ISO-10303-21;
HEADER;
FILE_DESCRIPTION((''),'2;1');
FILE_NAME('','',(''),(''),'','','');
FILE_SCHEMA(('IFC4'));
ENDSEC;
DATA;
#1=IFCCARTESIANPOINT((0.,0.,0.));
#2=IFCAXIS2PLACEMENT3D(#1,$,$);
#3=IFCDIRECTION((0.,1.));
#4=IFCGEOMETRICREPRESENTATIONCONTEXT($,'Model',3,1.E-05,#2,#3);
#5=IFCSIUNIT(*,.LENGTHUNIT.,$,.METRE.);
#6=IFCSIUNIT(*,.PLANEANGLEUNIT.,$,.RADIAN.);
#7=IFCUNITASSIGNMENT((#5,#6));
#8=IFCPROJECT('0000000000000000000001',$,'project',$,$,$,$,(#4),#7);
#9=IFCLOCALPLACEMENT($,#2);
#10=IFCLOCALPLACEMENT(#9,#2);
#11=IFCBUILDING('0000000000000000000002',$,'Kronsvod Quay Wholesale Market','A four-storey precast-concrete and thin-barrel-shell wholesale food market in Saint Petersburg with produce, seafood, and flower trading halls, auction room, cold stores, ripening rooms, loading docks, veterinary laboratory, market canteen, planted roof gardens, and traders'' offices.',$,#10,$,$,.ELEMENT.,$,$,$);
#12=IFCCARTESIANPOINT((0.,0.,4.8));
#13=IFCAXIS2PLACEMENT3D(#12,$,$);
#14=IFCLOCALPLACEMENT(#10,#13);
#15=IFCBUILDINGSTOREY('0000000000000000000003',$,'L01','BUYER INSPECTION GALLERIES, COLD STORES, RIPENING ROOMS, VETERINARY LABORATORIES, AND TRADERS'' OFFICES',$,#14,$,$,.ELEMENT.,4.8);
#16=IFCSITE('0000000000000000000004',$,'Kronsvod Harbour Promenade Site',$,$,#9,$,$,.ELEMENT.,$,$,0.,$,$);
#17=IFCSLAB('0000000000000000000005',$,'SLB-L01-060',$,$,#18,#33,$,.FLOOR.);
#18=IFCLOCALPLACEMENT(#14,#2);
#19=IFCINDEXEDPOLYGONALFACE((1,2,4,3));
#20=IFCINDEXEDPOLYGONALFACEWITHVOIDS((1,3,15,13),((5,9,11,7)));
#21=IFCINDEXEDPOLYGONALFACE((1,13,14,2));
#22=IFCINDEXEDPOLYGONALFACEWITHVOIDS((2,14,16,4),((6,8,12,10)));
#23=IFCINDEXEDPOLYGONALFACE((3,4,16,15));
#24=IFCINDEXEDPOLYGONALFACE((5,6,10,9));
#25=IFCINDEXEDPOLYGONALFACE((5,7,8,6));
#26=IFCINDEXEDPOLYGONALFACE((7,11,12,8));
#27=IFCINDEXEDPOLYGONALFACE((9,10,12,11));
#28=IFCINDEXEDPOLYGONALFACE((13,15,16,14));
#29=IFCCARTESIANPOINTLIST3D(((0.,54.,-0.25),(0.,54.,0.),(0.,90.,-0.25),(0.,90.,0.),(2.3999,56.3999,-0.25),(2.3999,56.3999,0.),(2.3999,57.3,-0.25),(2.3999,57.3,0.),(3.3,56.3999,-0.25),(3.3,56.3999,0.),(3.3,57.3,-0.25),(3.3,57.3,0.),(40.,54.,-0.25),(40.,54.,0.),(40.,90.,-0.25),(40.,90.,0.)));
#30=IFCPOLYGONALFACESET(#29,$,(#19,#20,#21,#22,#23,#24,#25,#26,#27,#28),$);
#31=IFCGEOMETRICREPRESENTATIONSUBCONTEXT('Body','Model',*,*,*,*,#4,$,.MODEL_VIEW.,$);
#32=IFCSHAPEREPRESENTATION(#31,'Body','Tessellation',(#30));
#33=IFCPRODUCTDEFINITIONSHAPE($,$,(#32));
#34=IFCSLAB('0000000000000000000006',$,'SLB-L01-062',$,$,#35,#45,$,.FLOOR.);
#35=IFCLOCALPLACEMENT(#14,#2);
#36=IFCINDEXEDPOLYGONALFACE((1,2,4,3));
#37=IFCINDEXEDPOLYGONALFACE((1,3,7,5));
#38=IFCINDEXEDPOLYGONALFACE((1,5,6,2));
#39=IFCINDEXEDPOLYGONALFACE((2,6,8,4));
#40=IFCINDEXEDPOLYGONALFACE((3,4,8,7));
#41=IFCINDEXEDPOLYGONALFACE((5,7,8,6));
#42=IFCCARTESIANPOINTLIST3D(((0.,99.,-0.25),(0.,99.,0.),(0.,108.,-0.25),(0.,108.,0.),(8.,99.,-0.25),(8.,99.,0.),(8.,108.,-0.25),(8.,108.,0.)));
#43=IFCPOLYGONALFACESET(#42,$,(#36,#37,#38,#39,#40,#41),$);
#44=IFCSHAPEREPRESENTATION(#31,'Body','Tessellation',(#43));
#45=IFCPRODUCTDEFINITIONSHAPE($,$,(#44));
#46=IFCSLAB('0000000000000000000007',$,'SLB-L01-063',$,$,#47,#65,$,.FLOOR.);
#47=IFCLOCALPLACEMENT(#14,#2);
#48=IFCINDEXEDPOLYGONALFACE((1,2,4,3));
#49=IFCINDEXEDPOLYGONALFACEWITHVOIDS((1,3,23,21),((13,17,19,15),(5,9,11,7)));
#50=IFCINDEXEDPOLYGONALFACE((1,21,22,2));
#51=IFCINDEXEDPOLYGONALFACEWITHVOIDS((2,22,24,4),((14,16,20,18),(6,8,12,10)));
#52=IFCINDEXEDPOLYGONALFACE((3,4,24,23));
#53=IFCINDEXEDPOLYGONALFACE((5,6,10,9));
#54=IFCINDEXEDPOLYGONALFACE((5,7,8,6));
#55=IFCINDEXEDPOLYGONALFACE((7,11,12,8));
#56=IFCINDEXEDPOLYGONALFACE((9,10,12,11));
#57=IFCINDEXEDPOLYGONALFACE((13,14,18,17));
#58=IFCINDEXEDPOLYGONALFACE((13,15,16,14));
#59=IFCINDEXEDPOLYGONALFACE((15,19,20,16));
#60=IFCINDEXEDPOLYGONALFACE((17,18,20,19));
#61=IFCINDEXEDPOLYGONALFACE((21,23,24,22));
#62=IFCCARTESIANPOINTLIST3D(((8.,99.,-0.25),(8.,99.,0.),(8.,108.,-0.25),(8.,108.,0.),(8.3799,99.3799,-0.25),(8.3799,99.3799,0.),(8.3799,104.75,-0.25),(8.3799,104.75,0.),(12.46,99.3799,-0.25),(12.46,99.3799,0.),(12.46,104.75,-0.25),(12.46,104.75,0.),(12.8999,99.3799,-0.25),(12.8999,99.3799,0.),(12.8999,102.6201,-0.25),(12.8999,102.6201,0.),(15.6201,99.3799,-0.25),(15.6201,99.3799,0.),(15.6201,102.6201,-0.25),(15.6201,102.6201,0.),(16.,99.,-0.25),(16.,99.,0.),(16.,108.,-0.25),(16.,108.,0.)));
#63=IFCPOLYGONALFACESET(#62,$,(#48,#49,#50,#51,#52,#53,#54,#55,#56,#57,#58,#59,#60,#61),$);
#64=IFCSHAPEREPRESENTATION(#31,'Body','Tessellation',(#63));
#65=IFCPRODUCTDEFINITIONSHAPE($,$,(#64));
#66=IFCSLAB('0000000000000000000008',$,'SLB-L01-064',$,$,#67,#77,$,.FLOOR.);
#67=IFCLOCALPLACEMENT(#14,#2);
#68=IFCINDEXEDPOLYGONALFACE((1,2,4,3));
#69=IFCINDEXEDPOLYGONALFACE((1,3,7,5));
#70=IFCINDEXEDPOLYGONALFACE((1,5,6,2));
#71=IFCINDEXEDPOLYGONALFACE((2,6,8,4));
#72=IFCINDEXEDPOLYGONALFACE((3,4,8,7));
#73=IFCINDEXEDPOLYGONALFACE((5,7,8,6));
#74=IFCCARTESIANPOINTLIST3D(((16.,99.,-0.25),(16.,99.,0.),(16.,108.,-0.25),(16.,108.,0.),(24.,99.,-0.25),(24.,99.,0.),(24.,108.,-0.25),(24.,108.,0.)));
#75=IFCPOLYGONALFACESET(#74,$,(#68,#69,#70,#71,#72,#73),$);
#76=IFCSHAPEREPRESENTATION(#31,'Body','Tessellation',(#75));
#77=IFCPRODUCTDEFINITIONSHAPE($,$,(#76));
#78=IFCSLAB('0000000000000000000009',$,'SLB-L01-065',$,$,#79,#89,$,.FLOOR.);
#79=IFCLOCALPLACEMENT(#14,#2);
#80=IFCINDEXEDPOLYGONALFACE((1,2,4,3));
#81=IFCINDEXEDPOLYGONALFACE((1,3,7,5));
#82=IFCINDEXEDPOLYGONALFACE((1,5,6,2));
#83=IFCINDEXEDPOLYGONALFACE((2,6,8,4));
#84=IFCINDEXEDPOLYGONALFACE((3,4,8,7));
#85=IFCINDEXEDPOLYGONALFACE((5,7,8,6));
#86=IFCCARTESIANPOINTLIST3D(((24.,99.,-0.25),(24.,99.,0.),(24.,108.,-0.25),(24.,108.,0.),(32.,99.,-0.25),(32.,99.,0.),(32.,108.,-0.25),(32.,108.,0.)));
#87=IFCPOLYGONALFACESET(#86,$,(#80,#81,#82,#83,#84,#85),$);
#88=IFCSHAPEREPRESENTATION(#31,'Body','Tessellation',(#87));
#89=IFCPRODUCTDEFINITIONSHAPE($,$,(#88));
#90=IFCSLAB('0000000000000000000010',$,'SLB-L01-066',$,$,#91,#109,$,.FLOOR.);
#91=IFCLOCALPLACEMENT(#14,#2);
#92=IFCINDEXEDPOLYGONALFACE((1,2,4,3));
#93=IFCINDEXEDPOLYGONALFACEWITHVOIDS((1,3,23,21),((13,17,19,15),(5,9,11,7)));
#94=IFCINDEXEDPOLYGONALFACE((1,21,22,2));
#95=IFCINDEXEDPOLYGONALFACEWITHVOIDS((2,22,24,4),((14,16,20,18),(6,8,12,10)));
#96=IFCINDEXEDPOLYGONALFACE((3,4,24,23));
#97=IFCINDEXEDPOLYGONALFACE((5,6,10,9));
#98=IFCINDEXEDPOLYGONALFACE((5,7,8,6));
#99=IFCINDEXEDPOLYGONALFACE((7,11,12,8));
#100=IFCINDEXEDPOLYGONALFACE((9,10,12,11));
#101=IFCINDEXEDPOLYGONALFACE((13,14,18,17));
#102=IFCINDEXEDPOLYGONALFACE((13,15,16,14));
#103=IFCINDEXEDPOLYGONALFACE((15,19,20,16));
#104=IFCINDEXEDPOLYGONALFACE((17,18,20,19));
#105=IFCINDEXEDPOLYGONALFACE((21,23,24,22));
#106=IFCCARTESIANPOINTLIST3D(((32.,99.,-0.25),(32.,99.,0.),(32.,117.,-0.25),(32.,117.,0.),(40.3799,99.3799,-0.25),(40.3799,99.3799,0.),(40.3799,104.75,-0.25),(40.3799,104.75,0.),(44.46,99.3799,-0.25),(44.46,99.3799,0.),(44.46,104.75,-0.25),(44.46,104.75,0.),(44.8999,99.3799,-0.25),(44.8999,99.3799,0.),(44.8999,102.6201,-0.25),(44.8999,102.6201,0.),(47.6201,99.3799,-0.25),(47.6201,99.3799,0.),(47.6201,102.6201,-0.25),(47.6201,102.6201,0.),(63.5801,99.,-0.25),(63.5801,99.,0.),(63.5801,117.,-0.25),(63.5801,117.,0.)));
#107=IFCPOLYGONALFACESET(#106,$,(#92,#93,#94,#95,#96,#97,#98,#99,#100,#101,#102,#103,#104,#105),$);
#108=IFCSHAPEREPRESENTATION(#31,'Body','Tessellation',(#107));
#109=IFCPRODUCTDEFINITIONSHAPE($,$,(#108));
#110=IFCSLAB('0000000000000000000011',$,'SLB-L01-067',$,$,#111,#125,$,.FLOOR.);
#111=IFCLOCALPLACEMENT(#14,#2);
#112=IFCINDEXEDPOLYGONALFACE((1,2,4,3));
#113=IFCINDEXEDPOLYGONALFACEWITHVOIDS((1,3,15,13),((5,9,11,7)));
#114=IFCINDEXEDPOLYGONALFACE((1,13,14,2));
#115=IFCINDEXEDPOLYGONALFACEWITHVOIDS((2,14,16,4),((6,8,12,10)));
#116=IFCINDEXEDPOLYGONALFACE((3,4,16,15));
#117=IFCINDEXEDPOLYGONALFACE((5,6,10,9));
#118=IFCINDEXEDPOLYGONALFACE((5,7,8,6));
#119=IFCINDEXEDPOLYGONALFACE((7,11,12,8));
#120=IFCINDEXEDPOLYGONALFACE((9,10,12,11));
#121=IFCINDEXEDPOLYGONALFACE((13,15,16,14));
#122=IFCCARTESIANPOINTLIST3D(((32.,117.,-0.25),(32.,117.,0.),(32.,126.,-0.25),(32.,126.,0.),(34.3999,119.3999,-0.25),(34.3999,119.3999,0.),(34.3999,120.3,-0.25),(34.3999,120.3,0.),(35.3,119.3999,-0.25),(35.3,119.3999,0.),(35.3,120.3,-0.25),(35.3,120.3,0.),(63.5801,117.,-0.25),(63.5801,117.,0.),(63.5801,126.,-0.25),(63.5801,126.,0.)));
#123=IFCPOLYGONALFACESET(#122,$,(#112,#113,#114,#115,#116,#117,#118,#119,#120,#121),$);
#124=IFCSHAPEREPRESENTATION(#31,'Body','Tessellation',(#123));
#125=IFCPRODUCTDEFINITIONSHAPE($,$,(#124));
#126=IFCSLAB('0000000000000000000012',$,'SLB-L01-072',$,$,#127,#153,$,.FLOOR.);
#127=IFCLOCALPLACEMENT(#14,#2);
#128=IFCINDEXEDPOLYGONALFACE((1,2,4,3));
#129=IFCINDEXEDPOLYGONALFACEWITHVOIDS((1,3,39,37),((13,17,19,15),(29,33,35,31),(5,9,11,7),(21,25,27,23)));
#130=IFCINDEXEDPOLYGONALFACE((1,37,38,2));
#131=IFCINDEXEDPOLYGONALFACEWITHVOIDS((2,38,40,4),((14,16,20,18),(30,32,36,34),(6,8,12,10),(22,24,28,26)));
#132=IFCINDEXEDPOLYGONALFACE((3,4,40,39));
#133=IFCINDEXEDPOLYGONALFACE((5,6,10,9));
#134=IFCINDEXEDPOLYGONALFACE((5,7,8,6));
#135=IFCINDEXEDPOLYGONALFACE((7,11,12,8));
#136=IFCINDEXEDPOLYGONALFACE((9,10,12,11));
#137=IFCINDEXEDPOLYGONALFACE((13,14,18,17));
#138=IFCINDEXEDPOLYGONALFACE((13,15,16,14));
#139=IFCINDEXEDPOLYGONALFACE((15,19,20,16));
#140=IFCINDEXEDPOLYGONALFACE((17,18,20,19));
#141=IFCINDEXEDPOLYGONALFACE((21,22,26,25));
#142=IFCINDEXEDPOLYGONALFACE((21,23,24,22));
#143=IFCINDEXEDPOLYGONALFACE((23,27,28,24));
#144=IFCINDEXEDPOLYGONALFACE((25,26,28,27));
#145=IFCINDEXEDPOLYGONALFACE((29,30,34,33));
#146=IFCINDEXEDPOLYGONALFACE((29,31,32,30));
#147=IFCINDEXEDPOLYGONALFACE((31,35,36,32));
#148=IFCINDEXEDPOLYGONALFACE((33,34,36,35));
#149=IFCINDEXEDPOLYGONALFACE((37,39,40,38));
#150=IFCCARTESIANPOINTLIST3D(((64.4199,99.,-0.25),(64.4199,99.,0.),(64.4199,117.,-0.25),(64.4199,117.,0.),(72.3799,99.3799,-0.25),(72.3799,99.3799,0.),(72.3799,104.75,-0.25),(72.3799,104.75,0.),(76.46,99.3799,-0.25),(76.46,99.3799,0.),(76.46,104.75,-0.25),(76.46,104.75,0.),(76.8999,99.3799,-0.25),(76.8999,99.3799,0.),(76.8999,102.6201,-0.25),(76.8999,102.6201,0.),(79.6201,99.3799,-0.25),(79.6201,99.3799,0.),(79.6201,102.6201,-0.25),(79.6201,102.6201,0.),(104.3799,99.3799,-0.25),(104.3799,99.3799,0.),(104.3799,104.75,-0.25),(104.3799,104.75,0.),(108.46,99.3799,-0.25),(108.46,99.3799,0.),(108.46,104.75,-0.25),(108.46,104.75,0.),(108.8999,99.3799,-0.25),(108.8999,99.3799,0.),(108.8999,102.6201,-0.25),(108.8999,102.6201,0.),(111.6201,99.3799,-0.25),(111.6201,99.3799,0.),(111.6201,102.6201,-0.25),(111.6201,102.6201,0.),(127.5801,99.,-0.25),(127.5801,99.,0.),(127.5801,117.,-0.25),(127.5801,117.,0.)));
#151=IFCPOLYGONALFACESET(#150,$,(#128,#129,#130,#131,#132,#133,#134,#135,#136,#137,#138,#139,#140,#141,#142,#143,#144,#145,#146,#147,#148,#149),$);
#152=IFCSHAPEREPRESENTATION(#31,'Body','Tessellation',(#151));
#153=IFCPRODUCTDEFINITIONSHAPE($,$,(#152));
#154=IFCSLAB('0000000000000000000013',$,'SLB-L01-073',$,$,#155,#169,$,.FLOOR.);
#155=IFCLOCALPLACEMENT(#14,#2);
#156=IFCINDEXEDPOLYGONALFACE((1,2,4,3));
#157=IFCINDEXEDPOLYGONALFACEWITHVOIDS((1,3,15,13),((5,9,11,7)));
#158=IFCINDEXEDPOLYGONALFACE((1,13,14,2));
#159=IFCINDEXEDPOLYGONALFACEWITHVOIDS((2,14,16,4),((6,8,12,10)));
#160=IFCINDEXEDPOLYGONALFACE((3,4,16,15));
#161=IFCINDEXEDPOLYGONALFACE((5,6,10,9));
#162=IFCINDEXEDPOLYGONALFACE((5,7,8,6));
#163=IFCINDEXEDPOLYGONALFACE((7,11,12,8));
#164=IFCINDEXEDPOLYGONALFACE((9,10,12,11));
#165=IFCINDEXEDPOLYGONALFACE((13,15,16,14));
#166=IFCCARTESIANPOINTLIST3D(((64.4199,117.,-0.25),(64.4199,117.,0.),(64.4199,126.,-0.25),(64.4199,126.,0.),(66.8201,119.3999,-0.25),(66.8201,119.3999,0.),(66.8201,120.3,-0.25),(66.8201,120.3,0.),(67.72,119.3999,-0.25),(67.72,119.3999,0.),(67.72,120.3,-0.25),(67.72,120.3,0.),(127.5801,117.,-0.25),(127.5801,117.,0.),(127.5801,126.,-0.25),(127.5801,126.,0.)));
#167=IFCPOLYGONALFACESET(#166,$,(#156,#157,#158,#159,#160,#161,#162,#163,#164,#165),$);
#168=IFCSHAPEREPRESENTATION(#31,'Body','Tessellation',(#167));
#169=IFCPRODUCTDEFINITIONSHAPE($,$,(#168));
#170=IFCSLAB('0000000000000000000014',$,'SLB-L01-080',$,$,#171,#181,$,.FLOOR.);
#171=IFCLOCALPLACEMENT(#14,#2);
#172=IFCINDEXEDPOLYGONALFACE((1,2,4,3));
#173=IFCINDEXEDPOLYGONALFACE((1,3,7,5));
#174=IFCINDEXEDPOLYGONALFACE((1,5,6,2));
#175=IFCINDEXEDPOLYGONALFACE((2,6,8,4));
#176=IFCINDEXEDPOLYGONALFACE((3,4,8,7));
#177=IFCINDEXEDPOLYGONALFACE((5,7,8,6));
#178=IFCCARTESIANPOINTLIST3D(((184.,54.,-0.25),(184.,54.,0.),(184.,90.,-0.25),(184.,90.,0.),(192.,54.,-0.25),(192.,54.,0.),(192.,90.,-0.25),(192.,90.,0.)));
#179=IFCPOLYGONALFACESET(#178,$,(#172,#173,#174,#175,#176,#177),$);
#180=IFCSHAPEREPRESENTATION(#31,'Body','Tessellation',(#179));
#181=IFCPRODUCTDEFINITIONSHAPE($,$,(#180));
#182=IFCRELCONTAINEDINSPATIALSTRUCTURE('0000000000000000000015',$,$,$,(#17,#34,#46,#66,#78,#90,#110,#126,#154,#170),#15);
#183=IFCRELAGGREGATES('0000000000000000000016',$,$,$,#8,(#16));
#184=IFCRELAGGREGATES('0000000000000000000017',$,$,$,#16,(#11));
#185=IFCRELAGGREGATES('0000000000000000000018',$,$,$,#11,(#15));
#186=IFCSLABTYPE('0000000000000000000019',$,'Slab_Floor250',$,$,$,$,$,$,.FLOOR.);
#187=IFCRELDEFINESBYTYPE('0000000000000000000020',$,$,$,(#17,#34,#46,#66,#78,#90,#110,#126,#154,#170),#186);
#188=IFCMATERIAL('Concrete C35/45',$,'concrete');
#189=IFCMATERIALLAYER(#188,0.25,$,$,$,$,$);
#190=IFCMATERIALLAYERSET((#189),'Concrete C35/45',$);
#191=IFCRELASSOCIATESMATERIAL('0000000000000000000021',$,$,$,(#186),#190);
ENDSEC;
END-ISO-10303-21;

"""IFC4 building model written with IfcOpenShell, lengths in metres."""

from ifc_helpers import new_model, si_unit, direction, frame, origin, place, context, subcontext, project, spatial, polyline, outline, extrude, material, layer, layer_set, type_object, element, save


model = new_model("IFC4")

# Units and contexts
model_context = context("Model", 3, precision=1e-05, world=origin(), true_north=direction((0.0, 1.0)))
body_context = subcontext(model_context, "Body", "Model", "MODEL_VIEW")
ifc_project = project(units=[si_unit("LENGTHUNIT", "METRE"), si_unit("PLANEANGLEUNIT", "RADIAN")], contexts=[model_context])

# Site, building, storey
site_placement = place(None, origin())
site = spatial("IfcSite", under=ifc_project, at=site_placement, Name="Kronsvod Harbour Promenade Site", CompositionType="ELEMENT", RefElevation=0.0)
building_placement = place(site_placement, origin())
building = spatial("IfcBuilding", under=site, at=building_placement, Name="Kronsvod Quay Wholesale Market", Description="A four-storey precast-concrete and thin-barrel-shell wholesale food market in Saint Petersburg with produce, seafood, and flower trading halls, auction room, cold stores, ripening rooms, loading docks, veterinary laboratory, market canteen, planted roof gardens, and traders' offices.", CompositionType="ELEMENT")
storey_placement = place(building_placement, frame((0.0, 0.0, 4.8)))
storey = spatial("IfcBuildingStorey", under=building, at=storey_placement, Name="L01", Description="BUYER INSPECTION GALLERIES, COLD STORES, RIPENING ROOMS, VETERINARY LABORATORIES, AND TRADERS' OFFICES", CompositionType="ELEMENT", Elevation=4.8)

# Slabs
ifc_material_1 = material(Name="Concrete C35/45", Category="concrete")
ifc_layer_1 = layer(ifc_material_1, 0.25)
ifc_layer_set_1 = layer_set([ifc_layer_1], Name="Concrete C35/45")
slab_type_1 = type_object("IfcSlabType", Name="Slab_Floor250", PredefinedType="FLOOR", material=ifc_layer_set_1)
slab_1_placement = place(storey_placement, frame((0.0, 0.0, -0.25)))
element("IfcSlab", 1, at=slab_1_placement, inside=storey, type_object=slab_type_1, Name="SLB-L01-060", PredefinedType="FLOOR", context=body_context, shape_type="SweptSolid", body=[
    extrude(outline(polyline([(0.0, 54.0), (40.0, 54.0), (40.0, 90.0), (0.0, 90.0), (0.0, 54.0)]), holes=[polyline([(2.3999, 56.3999), (3.3, 56.3999), (3.3, 57.3), (2.3999, 57.3), (2.3999, 56.3999)])]), origin(), (0.0, 0.0, 1.0), 0.25),
])
slab_2_placement = place(storey_placement, frame((0.0, 0.0, -0.25)))
element("IfcSlab", 2, at=slab_2_placement, inside=storey, type_object=slab_type_1, Name="SLB-L01-062", PredefinedType="FLOOR", context=body_context, shape_type="SweptSolid", body=[
    extrude(outline(polyline([(0.0, 99.0), (8.0, 99.0), (8.0, 108.0), (0.0, 108.0), (0.0, 99.0)])), origin(), (0.0, 0.0, 1.0), 0.25),
])
slab_3_placement = place(storey_placement, frame((0.0, 0.0, -0.25)))
element("IfcSlab", 3, at=slab_3_placement, inside=storey, type_object=slab_type_1, Name="SLB-L01-063", PredefinedType="FLOOR", context=body_context, shape_type="SweptSolid", body=[
    extrude(outline(polyline([(8.0, 99.0), (16.0, 99.0), (16.0, 108.0), (8.0, 108.0), (8.0, 99.0)]), holes=[polyline([(8.3799, 99.3799), (12.46, 99.3799), (12.46, 104.75), (8.3799, 104.75), (8.3799, 99.3799)]), polyline([(12.8999, 99.3799), (15.6201, 99.3799), (15.6201, 102.6201), (12.8999, 102.6201), (12.8999, 99.3799)])]), origin(), (0.0, 0.0, 1.0), 0.25),
])
slab_4_placement = place(storey_placement, frame((0.0, 0.0, -0.25)))
element("IfcSlab", 4, at=slab_4_placement, inside=storey, type_object=slab_type_1, Name="SLB-L01-064", PredefinedType="FLOOR", context=body_context, shape_type="SweptSolid", body=[
    extrude(outline(polyline([(16.0, 99.0), (24.0, 99.0), (24.0, 108.0), (16.0, 108.0), (16.0, 99.0)])), origin(), (0.0, 0.0, 1.0), 0.25),
])
slab_5_placement = place(storey_placement, frame((0.0, 0.0, -0.25)))
element("IfcSlab", 5, at=slab_5_placement, inside=storey, type_object=slab_type_1, Name="SLB-L01-065", PredefinedType="FLOOR", context=body_context, shape_type="SweptSolid", body=[
    extrude(outline(polyline([(24.0, 99.0), (32.0, 99.0), (32.0, 108.0), (24.0, 108.0), (24.0, 99.0)])), origin(), (0.0, 0.0, 1.0), 0.25),
])
slab_6_placement = place(storey_placement, frame((0.0, 0.0, -0.25)))
element("IfcSlab", 6, at=slab_6_placement, inside=storey, type_object=slab_type_1, Name="SLB-L01-066", PredefinedType="FLOOR", context=body_context, shape_type="SweptSolid", body=[
    extrude(outline(polyline([(32.0, 99.0), (63.5801, 99.0), (63.5801, 117.0), (32.0, 117.0), (32.0, 99.0)]), holes=[polyline([(40.3799, 99.3799), (44.46, 99.3799), (44.46, 104.75), (40.3799, 104.75), (40.3799, 99.3799)]), polyline([(44.8999, 99.3799), (47.6201, 99.3799), (47.6201, 102.6201), (44.8999, 102.6201), (44.8999, 99.3799)])]), origin(), (0.0, 0.0, 1.0), 0.25),
])
slab_7_placement = place(storey_placement, frame((0.0, 0.0, -0.25)))
element("IfcSlab", 7, at=slab_7_placement, inside=storey, type_object=slab_type_1, Name="SLB-L01-067", PredefinedType="FLOOR", context=body_context, shape_type="SweptSolid", body=[
    extrude(outline(polyline([(32.0, 117.0), (63.5801, 117.0), (63.5801, 126.0), (32.0, 126.0), (32.0, 117.0)]), holes=[polyline([(34.3999, 119.3999), (35.3, 119.3999), (35.3, 120.3), (34.3999, 120.3), (34.3999, 119.3999)])]), origin(), (0.0, 0.0, 1.0), 0.25),
])
slab_8_placement = place(storey_placement, frame((0.0, 0.0, -0.25)))
element("IfcSlab", 8, at=slab_8_placement, inside=storey, type_object=slab_type_1, Name="SLB-L01-072", PredefinedType="FLOOR", context=body_context, shape_type="SweptSolid", body=[
    extrude(outline(polyline([(64.4199, 99.0), (127.5801, 99.0), (127.5801, 117.0), (64.4199, 117.0), (64.4199, 99.0)]), holes=[polyline([(72.3799, 99.3799), (76.46, 99.3799), (76.46, 104.75), (72.3799, 104.75), (72.3799, 99.3799)]), polyline([(76.8999, 99.3799), (79.6201, 99.3799), (79.6201, 102.6201), (76.8999, 102.6201), (76.8999, 99.3799)]), polyline([(104.3799, 99.3799), (108.46, 99.3799), (108.46, 104.75), (104.3799, 104.75), (104.3799, 99.3799)]), polyline([(108.8999, 99.3799), (111.6201, 99.3799), (111.6201, 102.6201), (108.8999, 102.6201), (108.8999, 99.3799)])]), origin(), (0.0, 0.0, 1.0), 0.25),
])
slab_9_placement = place(storey_placement, frame((0.0, 0.0, -0.25)))
element("IfcSlab", 9, at=slab_9_placement, inside=storey, type_object=slab_type_1, Name="SLB-L01-073", PredefinedType="FLOOR", context=body_context, shape_type="SweptSolid", body=[
    extrude(outline(polyline([(64.4199, 117.0), (127.5801, 117.0), (127.5801, 126.0), (64.4199, 126.0), (64.4199, 117.0)]), holes=[polyline([(66.8201, 119.3999), (67.72, 119.3999), (67.72, 120.3), (66.8201, 120.3), (66.8201, 119.3999)])]), origin(), (0.0, 0.0, 1.0), 0.25),
])
slab_10_placement = place(storey_placement, frame((0.0, 0.0, -0.25)))
element("IfcSlab", 10, at=slab_10_placement, inside=storey, type_object=slab_type_1, Name="SLB-L01-080", PredefinedType="FLOOR", context=body_context, shape_type="SweptSolid", body=[
    extrude(outline(polyline([(184.0, 54.0), (192.0, 54.0), (192.0, 90.0), (184.0, 90.0), (184.0, 54.0)])), origin(), (0.0, 0.0, 1.0), 0.25),
])

save(model, "model.ifc")
